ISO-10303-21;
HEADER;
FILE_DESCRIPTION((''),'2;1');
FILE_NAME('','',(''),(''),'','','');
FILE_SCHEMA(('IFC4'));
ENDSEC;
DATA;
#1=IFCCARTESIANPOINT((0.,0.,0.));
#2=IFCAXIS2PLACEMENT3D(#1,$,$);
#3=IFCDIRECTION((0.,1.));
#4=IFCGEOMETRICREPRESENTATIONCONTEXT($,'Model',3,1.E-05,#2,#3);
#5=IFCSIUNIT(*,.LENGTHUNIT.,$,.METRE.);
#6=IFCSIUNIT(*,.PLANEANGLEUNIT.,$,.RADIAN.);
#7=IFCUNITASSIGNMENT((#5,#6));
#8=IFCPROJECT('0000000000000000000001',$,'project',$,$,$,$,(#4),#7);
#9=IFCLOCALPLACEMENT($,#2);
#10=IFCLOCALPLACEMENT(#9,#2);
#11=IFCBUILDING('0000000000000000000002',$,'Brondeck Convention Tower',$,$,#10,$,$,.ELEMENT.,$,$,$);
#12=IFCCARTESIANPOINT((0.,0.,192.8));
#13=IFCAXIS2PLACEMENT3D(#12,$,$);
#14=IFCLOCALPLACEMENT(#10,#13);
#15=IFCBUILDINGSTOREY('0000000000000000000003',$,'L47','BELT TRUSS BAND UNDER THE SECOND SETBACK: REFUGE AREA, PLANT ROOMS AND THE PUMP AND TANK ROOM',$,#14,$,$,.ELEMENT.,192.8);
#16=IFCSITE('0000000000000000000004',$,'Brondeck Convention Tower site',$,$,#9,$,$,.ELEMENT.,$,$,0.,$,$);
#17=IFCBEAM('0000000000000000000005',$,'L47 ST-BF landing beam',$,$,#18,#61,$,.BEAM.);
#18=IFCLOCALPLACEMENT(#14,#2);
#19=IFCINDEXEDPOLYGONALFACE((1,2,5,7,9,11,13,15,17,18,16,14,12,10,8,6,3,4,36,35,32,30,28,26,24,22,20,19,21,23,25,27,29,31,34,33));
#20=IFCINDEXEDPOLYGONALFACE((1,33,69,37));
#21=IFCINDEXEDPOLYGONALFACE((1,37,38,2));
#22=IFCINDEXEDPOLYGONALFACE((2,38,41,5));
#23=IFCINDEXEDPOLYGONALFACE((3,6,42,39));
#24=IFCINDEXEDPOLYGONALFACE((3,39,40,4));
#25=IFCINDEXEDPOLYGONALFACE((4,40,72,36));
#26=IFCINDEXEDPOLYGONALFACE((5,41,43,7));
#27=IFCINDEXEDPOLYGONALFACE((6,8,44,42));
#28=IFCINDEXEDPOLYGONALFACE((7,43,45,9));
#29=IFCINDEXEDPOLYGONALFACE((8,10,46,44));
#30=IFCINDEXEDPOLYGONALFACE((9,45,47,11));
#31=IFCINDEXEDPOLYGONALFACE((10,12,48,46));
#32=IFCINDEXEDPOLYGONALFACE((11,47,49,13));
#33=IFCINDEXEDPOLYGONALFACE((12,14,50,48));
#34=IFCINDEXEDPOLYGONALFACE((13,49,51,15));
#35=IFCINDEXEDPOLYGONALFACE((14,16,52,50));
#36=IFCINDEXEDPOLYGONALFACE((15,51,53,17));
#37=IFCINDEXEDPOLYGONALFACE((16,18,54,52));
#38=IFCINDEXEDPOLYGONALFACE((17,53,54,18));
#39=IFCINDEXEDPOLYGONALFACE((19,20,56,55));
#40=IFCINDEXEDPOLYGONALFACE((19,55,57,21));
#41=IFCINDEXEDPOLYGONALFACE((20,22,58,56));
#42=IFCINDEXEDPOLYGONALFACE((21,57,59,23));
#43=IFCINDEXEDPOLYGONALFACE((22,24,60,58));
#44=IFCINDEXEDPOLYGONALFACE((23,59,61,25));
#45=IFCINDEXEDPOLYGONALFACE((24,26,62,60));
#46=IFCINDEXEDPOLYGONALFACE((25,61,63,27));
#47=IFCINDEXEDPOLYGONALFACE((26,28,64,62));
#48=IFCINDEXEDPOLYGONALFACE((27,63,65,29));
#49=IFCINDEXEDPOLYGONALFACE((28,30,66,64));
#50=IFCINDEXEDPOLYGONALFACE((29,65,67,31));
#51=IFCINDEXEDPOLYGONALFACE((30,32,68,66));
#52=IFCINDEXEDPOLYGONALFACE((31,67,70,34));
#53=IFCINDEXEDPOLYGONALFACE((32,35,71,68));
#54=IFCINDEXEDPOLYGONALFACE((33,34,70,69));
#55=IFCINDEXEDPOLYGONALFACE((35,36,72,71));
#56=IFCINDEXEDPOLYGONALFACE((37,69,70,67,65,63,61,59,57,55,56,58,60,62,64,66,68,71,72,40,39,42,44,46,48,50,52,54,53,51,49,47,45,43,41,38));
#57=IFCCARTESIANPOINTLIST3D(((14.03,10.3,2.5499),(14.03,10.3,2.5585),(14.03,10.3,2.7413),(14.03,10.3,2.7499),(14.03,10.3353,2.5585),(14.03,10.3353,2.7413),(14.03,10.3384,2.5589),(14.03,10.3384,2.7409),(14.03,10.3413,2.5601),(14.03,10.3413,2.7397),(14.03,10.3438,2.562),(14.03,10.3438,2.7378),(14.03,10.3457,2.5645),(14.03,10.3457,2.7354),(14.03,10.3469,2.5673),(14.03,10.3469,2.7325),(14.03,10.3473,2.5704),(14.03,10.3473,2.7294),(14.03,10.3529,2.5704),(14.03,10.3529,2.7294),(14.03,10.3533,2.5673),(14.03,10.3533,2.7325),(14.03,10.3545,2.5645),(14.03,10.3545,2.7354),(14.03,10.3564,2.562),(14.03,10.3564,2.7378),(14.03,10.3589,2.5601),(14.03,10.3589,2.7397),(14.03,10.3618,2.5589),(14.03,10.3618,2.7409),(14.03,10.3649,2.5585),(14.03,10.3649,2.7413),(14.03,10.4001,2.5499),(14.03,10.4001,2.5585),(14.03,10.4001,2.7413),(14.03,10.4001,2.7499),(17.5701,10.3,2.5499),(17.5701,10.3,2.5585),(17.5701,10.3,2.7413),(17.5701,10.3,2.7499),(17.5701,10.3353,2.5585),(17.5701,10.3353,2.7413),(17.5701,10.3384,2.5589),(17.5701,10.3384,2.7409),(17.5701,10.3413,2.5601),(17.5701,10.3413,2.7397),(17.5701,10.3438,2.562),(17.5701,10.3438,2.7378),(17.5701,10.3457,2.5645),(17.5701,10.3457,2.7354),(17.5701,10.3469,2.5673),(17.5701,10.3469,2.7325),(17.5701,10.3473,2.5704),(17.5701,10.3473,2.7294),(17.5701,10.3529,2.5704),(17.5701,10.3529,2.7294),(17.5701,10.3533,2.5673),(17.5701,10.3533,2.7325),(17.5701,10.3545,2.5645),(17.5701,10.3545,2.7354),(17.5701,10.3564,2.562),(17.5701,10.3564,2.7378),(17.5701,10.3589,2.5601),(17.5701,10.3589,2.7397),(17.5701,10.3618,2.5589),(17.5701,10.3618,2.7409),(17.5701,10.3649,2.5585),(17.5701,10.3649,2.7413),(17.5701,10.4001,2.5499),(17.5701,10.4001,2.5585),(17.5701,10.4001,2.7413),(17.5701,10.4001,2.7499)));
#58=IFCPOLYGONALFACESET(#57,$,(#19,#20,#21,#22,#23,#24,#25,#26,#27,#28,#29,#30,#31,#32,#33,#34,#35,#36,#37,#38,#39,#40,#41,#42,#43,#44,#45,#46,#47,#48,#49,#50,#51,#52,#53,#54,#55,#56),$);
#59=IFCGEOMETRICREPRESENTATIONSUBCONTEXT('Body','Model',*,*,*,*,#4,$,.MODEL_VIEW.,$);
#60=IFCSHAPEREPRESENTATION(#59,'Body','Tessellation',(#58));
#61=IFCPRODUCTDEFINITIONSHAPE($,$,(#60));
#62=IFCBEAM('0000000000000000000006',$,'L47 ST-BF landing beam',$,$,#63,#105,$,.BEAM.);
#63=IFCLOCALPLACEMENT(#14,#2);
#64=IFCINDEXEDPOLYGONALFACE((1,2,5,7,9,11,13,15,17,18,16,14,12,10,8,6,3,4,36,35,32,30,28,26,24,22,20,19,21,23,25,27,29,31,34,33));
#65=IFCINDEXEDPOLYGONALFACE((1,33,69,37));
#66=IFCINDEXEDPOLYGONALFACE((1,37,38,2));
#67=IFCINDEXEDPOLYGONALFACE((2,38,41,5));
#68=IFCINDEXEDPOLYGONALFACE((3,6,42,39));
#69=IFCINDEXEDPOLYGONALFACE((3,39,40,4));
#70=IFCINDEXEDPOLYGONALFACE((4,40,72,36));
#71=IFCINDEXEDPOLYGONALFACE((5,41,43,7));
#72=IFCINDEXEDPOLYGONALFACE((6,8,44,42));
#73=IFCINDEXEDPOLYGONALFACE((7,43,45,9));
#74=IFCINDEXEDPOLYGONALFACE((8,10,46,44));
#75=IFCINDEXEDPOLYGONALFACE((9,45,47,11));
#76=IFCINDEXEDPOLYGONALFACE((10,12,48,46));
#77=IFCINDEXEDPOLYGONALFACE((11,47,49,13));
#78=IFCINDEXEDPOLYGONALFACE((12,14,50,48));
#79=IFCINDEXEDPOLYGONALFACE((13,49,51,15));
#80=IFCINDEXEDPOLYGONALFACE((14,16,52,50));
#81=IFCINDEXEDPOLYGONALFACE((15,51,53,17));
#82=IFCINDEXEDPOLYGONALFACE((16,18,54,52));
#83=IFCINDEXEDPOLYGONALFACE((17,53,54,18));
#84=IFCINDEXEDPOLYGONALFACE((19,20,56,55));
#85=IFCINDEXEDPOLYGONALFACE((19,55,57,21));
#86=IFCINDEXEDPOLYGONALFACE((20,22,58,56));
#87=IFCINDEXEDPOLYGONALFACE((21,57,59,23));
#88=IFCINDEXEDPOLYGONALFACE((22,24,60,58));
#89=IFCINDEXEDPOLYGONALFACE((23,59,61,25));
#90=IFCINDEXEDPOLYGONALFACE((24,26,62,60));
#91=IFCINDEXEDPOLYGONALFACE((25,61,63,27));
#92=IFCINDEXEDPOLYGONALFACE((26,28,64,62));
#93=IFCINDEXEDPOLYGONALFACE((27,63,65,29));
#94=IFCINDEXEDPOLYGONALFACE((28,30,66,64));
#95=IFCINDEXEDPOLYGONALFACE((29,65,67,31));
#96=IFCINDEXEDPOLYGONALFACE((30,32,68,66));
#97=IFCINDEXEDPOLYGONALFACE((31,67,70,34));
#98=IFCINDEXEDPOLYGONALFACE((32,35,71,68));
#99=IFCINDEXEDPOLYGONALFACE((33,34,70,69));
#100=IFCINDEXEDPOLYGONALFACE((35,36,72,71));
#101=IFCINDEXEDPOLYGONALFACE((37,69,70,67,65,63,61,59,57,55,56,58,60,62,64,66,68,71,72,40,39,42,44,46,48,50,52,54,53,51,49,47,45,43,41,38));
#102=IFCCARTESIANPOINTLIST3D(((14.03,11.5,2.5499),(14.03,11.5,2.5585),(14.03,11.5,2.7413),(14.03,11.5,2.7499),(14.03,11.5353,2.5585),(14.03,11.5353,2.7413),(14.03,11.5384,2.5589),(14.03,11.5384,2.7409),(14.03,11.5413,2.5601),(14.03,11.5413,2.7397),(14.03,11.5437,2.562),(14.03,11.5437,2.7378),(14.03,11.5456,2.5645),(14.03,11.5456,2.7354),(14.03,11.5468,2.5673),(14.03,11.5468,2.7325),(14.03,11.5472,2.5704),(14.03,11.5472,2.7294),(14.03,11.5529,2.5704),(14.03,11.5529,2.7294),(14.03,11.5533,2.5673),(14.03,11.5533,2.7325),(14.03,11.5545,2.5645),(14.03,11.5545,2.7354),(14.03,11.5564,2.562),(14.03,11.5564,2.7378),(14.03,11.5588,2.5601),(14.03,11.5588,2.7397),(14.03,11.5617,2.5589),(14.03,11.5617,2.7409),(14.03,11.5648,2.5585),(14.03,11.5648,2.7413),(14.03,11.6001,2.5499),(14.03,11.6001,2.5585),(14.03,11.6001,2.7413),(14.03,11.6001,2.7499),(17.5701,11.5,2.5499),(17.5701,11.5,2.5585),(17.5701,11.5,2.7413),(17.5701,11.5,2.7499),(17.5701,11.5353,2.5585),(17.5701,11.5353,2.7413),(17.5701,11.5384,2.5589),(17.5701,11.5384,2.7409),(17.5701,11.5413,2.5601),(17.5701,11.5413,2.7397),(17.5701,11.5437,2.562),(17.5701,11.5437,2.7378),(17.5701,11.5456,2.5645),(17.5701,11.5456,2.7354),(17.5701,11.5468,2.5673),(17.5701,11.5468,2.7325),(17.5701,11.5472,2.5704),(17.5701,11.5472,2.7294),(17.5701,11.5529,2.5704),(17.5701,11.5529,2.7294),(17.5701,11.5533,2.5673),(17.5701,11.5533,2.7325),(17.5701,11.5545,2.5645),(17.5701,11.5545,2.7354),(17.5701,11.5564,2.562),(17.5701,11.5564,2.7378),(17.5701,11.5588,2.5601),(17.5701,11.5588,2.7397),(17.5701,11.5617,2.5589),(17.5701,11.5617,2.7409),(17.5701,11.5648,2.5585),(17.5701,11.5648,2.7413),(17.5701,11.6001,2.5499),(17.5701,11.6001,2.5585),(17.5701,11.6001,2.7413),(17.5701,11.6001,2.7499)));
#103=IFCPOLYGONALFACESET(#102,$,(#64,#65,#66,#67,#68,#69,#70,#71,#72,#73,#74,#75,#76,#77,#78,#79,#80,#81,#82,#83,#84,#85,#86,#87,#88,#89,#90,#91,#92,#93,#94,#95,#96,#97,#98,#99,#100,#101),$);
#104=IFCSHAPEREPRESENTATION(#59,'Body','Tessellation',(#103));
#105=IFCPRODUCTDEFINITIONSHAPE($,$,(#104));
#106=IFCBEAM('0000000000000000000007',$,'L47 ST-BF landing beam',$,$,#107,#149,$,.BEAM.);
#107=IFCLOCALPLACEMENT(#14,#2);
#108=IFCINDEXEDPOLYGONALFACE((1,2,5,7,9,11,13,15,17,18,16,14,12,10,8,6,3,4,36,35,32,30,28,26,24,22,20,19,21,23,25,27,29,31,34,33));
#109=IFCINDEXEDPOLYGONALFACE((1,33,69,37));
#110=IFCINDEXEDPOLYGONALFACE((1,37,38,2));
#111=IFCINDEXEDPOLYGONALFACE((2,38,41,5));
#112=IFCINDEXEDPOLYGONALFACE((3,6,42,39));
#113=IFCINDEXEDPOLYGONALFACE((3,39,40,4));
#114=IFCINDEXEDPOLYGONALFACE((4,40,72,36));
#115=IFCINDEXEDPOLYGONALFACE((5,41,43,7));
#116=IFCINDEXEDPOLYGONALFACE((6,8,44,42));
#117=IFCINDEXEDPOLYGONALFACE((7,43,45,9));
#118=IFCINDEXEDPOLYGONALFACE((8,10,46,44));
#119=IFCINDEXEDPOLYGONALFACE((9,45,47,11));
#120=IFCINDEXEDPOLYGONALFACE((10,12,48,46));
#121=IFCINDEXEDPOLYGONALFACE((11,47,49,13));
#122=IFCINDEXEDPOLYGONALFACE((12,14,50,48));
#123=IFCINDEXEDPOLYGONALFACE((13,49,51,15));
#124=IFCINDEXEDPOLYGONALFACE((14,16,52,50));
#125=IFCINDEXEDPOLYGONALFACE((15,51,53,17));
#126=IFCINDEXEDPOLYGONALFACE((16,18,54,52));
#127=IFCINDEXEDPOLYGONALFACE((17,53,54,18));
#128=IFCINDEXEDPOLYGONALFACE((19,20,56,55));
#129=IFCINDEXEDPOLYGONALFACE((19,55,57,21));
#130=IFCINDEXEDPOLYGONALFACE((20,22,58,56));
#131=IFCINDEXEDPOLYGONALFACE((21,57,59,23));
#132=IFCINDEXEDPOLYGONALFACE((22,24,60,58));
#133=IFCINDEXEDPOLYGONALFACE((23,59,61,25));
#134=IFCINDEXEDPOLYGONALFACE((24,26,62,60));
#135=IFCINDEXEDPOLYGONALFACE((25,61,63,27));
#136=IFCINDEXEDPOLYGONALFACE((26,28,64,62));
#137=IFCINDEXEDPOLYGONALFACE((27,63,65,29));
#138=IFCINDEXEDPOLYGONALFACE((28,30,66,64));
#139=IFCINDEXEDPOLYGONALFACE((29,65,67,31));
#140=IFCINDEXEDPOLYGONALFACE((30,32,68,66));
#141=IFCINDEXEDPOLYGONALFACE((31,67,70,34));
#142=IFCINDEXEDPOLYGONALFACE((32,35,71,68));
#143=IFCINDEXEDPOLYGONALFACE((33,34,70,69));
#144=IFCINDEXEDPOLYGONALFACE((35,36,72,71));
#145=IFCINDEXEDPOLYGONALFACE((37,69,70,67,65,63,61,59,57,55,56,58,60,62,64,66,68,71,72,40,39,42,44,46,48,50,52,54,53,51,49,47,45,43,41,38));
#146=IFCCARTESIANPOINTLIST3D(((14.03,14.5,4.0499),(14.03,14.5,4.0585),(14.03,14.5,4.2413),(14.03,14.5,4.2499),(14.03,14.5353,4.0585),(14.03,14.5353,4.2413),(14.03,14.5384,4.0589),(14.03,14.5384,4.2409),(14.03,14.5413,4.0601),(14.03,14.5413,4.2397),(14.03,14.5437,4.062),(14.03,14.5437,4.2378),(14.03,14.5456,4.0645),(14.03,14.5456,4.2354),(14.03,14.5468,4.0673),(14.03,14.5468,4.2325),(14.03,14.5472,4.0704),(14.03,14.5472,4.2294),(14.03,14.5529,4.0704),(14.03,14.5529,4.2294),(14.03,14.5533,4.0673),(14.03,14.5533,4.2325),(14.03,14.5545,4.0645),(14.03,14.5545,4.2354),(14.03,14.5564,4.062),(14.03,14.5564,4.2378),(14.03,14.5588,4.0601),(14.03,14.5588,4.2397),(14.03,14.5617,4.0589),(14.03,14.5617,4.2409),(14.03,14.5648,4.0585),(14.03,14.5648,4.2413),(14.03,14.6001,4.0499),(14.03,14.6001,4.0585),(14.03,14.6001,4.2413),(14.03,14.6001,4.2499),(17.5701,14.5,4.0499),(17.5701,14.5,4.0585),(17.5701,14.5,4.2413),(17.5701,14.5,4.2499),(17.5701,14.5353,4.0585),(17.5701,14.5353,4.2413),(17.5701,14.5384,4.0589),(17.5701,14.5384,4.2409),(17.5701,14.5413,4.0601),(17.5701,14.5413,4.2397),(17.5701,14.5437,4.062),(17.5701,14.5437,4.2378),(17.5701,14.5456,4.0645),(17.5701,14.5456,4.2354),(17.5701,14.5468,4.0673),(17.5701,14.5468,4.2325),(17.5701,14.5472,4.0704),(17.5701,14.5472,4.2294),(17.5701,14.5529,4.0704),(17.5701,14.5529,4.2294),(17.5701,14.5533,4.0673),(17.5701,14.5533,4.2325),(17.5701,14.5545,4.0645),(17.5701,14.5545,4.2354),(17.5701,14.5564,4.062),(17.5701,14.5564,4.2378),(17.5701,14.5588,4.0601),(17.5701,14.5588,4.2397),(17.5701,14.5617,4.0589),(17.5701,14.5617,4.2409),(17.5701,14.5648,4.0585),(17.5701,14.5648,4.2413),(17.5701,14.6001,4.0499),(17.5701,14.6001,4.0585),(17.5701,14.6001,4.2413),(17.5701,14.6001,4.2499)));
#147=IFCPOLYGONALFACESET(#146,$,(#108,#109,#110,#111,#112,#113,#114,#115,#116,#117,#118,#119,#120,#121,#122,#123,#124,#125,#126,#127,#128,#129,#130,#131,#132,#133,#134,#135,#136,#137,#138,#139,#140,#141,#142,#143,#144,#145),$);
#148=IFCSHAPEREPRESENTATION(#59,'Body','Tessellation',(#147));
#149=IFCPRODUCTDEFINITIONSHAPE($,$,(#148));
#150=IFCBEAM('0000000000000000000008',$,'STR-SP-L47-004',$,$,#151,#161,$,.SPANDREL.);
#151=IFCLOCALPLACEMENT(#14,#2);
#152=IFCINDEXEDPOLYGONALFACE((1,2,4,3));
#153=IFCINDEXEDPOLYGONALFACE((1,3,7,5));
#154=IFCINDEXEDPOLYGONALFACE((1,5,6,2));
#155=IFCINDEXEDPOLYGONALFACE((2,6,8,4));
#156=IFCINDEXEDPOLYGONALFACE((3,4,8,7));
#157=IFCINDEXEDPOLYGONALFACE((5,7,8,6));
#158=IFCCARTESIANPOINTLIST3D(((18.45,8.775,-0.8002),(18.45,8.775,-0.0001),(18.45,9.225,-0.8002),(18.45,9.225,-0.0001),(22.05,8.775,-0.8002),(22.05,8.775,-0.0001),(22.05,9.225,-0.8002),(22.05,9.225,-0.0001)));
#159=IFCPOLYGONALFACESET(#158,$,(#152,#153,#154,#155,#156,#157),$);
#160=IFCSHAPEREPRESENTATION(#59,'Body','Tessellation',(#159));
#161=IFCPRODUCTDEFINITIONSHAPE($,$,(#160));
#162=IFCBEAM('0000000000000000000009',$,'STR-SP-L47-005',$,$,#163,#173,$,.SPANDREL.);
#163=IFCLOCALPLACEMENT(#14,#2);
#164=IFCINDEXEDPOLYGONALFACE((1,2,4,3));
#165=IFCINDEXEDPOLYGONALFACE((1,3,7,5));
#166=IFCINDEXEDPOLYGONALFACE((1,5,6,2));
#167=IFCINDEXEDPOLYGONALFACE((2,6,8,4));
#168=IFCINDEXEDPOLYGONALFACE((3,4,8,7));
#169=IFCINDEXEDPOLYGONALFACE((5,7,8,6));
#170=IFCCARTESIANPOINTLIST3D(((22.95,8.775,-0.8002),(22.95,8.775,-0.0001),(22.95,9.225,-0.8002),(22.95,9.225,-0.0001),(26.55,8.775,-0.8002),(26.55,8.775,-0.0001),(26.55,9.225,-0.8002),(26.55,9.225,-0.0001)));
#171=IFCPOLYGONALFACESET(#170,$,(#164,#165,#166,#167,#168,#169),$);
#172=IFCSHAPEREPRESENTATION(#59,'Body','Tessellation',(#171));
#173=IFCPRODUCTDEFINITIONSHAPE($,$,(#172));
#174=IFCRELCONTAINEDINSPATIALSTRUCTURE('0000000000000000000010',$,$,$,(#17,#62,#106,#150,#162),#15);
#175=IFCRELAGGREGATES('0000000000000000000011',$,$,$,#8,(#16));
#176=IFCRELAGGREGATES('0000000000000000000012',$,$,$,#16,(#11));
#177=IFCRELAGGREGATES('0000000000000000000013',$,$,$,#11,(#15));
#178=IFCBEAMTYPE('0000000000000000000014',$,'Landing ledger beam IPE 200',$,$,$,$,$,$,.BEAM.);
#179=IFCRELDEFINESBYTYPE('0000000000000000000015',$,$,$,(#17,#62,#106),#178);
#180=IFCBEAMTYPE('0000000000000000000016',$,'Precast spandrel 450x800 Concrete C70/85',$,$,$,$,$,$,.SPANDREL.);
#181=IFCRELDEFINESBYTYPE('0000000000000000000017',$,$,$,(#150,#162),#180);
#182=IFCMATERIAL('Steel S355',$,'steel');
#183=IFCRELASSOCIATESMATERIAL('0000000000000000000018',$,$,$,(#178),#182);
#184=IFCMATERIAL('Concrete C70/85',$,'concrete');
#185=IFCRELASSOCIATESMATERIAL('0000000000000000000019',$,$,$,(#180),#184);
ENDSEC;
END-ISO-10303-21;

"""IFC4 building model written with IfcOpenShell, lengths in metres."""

from ifc_helpers import new_model, si_unit, direction, frame, origin, origin_2d, place, context, subcontext, project, spatial, rectangle, i_section, extrude, material, material_profile, profile_set, type_object, element, save


model = new_model("IFC4")

# Units and contexts
model_context = context("Model", 3, precision=1e-05, world=origin(), true_north=direction((0.0, 1.0)))
body_context = subcontext(model_context, "Body", "Model", "MODEL_VIEW")
ifc_project = project(units=[si_unit("LENGTHUNIT", "METRE"), si_unit("PLANEANGLEUNIT", "RADIAN")], contexts=[model_context])

# Site, building, storey
site_placement = place(None, origin())
site = spatial("IfcSite", under=ifc_project, at=site_placement, Name="Brondeck Convention Tower site", CompositionType="ELEMENT", RefElevation=0.0)
building_placement = place(site_placement, origin())
building = spatial("IfcBuilding", under=site, at=building_placement, Name="Brondeck Convention Tower", CompositionType="ELEMENT")
storey_placement = place(building_placement, frame((0.0, 0.0, 192.8)))
storey = spatial("IfcBuildingStorey", under=building, at=storey_placement, Name="L47", Description="BELT TRUSS BAND UNDER THE SECOND SETBACK: REFUGE AREA, PLANT ROOMS AND THE PUMP AND TANK ROOM", CompositionType="ELEMENT", Elevation=192.8)

# Shared definitions
ifc_material_1 = material(Name="Concrete C70/85", Category="concrete")

# Beams
ifc_material_2 = material(Name="Steel S355", Category="steel")
ifc_material_profile_1 = material_profile(ifc_material_2, i_section(OverallWidth=0.1001, OverallDepth=0.2, WebThickness=0.0056, FlangeThickness=0.0085, FilletRadius=0.012, at=origin_2d()), Name="IPE200")
ifc_profile_set_1 = profile_set([ifc_material_profile_1], Name="Steel S355")
beam_type_1 = type_object("IfcBeamType", Name="Landing ledger beam IPE 200", PredefinedType="BEAM", material=ifc_profile_set_1)
for number, where, z_axis, x_axis, name in (
    (1, (17.5701, 10.3501, 2.6499), (-1.0, 0.0, 0.0), (0.0, -1.0, 0.0), "L47 ST-BF landing beam"),
    (2, (17.5701, 11.55, 2.6499), (-1.0, 0.0, 0.0), (0.0, -1.0, 0.0), "L47 ST-BF landing beam"),
    (3, (17.5701, 14.55, 4.1499), (-1.0, 0.0, 0.0), (0.0, -1.0, 0.0), "L47 ST-BF landing beam"),
):
    element("IfcBeam", number, at=place(storey_placement, frame(where, z_axis=z_axis, x_axis=x_axis)), inside=storey, type_object=beam_type_1, Name=name, PredefinedType="BEAM", context=body_context, shape_type="SweptSolid", body=[
        extrude(i_section(OverallWidth=0.1001, OverallDepth=0.2, WebThickness=0.0056, FlangeThickness=0.0085, FilletRadius=0.012, at=origin_2d()), origin(), (0.0, 0.0, 1.0), 3.54),
    ])
ifc_material_profile_2 = material_profile(ifc_material_1, rectangle(XDim=0.45, YDim=0.8, at=origin_2d()), Name="Precast spandrel 450x800 Concrete C70/85")
ifc_profile_set_2 = profile_set([ifc_material_profile_2], Name="Concrete C70/85")
beam_type_2 = type_object("IfcBeamType", Name="Precast spandrel 450x800 Concrete C70/85", PredefinedType="SPANDREL", material=ifc_profile_set_2)
for number, where, z_axis, x_axis, name in (
    (4, (18.45, 9.0, -0.4001), (1.0, 0.0, 0.0), (0.0, 1.0, 0.0), "STR-SP-L47-004"),
    (5, (22.95, 9.0, -0.4001), (1.0, 0.0, 0.0), (0.0, 1.0, 0.0), "STR-SP-L47-005"),
):
    element("IfcBeam", number, at=place(storey_placement, frame(where, z_axis=z_axis, x_axis=x_axis)), inside=storey, type_object=beam_type_2, Name=name, PredefinedType="SPANDREL", context=body_context, shape_type="SweptSolid", body=[
        extrude(rectangle(XDim=0.45, YDim=0.8, at=origin_2d()), origin(), (0.0, 0.0, 1.0), 3.6001),
    ])

save(model, "model.ifc")
